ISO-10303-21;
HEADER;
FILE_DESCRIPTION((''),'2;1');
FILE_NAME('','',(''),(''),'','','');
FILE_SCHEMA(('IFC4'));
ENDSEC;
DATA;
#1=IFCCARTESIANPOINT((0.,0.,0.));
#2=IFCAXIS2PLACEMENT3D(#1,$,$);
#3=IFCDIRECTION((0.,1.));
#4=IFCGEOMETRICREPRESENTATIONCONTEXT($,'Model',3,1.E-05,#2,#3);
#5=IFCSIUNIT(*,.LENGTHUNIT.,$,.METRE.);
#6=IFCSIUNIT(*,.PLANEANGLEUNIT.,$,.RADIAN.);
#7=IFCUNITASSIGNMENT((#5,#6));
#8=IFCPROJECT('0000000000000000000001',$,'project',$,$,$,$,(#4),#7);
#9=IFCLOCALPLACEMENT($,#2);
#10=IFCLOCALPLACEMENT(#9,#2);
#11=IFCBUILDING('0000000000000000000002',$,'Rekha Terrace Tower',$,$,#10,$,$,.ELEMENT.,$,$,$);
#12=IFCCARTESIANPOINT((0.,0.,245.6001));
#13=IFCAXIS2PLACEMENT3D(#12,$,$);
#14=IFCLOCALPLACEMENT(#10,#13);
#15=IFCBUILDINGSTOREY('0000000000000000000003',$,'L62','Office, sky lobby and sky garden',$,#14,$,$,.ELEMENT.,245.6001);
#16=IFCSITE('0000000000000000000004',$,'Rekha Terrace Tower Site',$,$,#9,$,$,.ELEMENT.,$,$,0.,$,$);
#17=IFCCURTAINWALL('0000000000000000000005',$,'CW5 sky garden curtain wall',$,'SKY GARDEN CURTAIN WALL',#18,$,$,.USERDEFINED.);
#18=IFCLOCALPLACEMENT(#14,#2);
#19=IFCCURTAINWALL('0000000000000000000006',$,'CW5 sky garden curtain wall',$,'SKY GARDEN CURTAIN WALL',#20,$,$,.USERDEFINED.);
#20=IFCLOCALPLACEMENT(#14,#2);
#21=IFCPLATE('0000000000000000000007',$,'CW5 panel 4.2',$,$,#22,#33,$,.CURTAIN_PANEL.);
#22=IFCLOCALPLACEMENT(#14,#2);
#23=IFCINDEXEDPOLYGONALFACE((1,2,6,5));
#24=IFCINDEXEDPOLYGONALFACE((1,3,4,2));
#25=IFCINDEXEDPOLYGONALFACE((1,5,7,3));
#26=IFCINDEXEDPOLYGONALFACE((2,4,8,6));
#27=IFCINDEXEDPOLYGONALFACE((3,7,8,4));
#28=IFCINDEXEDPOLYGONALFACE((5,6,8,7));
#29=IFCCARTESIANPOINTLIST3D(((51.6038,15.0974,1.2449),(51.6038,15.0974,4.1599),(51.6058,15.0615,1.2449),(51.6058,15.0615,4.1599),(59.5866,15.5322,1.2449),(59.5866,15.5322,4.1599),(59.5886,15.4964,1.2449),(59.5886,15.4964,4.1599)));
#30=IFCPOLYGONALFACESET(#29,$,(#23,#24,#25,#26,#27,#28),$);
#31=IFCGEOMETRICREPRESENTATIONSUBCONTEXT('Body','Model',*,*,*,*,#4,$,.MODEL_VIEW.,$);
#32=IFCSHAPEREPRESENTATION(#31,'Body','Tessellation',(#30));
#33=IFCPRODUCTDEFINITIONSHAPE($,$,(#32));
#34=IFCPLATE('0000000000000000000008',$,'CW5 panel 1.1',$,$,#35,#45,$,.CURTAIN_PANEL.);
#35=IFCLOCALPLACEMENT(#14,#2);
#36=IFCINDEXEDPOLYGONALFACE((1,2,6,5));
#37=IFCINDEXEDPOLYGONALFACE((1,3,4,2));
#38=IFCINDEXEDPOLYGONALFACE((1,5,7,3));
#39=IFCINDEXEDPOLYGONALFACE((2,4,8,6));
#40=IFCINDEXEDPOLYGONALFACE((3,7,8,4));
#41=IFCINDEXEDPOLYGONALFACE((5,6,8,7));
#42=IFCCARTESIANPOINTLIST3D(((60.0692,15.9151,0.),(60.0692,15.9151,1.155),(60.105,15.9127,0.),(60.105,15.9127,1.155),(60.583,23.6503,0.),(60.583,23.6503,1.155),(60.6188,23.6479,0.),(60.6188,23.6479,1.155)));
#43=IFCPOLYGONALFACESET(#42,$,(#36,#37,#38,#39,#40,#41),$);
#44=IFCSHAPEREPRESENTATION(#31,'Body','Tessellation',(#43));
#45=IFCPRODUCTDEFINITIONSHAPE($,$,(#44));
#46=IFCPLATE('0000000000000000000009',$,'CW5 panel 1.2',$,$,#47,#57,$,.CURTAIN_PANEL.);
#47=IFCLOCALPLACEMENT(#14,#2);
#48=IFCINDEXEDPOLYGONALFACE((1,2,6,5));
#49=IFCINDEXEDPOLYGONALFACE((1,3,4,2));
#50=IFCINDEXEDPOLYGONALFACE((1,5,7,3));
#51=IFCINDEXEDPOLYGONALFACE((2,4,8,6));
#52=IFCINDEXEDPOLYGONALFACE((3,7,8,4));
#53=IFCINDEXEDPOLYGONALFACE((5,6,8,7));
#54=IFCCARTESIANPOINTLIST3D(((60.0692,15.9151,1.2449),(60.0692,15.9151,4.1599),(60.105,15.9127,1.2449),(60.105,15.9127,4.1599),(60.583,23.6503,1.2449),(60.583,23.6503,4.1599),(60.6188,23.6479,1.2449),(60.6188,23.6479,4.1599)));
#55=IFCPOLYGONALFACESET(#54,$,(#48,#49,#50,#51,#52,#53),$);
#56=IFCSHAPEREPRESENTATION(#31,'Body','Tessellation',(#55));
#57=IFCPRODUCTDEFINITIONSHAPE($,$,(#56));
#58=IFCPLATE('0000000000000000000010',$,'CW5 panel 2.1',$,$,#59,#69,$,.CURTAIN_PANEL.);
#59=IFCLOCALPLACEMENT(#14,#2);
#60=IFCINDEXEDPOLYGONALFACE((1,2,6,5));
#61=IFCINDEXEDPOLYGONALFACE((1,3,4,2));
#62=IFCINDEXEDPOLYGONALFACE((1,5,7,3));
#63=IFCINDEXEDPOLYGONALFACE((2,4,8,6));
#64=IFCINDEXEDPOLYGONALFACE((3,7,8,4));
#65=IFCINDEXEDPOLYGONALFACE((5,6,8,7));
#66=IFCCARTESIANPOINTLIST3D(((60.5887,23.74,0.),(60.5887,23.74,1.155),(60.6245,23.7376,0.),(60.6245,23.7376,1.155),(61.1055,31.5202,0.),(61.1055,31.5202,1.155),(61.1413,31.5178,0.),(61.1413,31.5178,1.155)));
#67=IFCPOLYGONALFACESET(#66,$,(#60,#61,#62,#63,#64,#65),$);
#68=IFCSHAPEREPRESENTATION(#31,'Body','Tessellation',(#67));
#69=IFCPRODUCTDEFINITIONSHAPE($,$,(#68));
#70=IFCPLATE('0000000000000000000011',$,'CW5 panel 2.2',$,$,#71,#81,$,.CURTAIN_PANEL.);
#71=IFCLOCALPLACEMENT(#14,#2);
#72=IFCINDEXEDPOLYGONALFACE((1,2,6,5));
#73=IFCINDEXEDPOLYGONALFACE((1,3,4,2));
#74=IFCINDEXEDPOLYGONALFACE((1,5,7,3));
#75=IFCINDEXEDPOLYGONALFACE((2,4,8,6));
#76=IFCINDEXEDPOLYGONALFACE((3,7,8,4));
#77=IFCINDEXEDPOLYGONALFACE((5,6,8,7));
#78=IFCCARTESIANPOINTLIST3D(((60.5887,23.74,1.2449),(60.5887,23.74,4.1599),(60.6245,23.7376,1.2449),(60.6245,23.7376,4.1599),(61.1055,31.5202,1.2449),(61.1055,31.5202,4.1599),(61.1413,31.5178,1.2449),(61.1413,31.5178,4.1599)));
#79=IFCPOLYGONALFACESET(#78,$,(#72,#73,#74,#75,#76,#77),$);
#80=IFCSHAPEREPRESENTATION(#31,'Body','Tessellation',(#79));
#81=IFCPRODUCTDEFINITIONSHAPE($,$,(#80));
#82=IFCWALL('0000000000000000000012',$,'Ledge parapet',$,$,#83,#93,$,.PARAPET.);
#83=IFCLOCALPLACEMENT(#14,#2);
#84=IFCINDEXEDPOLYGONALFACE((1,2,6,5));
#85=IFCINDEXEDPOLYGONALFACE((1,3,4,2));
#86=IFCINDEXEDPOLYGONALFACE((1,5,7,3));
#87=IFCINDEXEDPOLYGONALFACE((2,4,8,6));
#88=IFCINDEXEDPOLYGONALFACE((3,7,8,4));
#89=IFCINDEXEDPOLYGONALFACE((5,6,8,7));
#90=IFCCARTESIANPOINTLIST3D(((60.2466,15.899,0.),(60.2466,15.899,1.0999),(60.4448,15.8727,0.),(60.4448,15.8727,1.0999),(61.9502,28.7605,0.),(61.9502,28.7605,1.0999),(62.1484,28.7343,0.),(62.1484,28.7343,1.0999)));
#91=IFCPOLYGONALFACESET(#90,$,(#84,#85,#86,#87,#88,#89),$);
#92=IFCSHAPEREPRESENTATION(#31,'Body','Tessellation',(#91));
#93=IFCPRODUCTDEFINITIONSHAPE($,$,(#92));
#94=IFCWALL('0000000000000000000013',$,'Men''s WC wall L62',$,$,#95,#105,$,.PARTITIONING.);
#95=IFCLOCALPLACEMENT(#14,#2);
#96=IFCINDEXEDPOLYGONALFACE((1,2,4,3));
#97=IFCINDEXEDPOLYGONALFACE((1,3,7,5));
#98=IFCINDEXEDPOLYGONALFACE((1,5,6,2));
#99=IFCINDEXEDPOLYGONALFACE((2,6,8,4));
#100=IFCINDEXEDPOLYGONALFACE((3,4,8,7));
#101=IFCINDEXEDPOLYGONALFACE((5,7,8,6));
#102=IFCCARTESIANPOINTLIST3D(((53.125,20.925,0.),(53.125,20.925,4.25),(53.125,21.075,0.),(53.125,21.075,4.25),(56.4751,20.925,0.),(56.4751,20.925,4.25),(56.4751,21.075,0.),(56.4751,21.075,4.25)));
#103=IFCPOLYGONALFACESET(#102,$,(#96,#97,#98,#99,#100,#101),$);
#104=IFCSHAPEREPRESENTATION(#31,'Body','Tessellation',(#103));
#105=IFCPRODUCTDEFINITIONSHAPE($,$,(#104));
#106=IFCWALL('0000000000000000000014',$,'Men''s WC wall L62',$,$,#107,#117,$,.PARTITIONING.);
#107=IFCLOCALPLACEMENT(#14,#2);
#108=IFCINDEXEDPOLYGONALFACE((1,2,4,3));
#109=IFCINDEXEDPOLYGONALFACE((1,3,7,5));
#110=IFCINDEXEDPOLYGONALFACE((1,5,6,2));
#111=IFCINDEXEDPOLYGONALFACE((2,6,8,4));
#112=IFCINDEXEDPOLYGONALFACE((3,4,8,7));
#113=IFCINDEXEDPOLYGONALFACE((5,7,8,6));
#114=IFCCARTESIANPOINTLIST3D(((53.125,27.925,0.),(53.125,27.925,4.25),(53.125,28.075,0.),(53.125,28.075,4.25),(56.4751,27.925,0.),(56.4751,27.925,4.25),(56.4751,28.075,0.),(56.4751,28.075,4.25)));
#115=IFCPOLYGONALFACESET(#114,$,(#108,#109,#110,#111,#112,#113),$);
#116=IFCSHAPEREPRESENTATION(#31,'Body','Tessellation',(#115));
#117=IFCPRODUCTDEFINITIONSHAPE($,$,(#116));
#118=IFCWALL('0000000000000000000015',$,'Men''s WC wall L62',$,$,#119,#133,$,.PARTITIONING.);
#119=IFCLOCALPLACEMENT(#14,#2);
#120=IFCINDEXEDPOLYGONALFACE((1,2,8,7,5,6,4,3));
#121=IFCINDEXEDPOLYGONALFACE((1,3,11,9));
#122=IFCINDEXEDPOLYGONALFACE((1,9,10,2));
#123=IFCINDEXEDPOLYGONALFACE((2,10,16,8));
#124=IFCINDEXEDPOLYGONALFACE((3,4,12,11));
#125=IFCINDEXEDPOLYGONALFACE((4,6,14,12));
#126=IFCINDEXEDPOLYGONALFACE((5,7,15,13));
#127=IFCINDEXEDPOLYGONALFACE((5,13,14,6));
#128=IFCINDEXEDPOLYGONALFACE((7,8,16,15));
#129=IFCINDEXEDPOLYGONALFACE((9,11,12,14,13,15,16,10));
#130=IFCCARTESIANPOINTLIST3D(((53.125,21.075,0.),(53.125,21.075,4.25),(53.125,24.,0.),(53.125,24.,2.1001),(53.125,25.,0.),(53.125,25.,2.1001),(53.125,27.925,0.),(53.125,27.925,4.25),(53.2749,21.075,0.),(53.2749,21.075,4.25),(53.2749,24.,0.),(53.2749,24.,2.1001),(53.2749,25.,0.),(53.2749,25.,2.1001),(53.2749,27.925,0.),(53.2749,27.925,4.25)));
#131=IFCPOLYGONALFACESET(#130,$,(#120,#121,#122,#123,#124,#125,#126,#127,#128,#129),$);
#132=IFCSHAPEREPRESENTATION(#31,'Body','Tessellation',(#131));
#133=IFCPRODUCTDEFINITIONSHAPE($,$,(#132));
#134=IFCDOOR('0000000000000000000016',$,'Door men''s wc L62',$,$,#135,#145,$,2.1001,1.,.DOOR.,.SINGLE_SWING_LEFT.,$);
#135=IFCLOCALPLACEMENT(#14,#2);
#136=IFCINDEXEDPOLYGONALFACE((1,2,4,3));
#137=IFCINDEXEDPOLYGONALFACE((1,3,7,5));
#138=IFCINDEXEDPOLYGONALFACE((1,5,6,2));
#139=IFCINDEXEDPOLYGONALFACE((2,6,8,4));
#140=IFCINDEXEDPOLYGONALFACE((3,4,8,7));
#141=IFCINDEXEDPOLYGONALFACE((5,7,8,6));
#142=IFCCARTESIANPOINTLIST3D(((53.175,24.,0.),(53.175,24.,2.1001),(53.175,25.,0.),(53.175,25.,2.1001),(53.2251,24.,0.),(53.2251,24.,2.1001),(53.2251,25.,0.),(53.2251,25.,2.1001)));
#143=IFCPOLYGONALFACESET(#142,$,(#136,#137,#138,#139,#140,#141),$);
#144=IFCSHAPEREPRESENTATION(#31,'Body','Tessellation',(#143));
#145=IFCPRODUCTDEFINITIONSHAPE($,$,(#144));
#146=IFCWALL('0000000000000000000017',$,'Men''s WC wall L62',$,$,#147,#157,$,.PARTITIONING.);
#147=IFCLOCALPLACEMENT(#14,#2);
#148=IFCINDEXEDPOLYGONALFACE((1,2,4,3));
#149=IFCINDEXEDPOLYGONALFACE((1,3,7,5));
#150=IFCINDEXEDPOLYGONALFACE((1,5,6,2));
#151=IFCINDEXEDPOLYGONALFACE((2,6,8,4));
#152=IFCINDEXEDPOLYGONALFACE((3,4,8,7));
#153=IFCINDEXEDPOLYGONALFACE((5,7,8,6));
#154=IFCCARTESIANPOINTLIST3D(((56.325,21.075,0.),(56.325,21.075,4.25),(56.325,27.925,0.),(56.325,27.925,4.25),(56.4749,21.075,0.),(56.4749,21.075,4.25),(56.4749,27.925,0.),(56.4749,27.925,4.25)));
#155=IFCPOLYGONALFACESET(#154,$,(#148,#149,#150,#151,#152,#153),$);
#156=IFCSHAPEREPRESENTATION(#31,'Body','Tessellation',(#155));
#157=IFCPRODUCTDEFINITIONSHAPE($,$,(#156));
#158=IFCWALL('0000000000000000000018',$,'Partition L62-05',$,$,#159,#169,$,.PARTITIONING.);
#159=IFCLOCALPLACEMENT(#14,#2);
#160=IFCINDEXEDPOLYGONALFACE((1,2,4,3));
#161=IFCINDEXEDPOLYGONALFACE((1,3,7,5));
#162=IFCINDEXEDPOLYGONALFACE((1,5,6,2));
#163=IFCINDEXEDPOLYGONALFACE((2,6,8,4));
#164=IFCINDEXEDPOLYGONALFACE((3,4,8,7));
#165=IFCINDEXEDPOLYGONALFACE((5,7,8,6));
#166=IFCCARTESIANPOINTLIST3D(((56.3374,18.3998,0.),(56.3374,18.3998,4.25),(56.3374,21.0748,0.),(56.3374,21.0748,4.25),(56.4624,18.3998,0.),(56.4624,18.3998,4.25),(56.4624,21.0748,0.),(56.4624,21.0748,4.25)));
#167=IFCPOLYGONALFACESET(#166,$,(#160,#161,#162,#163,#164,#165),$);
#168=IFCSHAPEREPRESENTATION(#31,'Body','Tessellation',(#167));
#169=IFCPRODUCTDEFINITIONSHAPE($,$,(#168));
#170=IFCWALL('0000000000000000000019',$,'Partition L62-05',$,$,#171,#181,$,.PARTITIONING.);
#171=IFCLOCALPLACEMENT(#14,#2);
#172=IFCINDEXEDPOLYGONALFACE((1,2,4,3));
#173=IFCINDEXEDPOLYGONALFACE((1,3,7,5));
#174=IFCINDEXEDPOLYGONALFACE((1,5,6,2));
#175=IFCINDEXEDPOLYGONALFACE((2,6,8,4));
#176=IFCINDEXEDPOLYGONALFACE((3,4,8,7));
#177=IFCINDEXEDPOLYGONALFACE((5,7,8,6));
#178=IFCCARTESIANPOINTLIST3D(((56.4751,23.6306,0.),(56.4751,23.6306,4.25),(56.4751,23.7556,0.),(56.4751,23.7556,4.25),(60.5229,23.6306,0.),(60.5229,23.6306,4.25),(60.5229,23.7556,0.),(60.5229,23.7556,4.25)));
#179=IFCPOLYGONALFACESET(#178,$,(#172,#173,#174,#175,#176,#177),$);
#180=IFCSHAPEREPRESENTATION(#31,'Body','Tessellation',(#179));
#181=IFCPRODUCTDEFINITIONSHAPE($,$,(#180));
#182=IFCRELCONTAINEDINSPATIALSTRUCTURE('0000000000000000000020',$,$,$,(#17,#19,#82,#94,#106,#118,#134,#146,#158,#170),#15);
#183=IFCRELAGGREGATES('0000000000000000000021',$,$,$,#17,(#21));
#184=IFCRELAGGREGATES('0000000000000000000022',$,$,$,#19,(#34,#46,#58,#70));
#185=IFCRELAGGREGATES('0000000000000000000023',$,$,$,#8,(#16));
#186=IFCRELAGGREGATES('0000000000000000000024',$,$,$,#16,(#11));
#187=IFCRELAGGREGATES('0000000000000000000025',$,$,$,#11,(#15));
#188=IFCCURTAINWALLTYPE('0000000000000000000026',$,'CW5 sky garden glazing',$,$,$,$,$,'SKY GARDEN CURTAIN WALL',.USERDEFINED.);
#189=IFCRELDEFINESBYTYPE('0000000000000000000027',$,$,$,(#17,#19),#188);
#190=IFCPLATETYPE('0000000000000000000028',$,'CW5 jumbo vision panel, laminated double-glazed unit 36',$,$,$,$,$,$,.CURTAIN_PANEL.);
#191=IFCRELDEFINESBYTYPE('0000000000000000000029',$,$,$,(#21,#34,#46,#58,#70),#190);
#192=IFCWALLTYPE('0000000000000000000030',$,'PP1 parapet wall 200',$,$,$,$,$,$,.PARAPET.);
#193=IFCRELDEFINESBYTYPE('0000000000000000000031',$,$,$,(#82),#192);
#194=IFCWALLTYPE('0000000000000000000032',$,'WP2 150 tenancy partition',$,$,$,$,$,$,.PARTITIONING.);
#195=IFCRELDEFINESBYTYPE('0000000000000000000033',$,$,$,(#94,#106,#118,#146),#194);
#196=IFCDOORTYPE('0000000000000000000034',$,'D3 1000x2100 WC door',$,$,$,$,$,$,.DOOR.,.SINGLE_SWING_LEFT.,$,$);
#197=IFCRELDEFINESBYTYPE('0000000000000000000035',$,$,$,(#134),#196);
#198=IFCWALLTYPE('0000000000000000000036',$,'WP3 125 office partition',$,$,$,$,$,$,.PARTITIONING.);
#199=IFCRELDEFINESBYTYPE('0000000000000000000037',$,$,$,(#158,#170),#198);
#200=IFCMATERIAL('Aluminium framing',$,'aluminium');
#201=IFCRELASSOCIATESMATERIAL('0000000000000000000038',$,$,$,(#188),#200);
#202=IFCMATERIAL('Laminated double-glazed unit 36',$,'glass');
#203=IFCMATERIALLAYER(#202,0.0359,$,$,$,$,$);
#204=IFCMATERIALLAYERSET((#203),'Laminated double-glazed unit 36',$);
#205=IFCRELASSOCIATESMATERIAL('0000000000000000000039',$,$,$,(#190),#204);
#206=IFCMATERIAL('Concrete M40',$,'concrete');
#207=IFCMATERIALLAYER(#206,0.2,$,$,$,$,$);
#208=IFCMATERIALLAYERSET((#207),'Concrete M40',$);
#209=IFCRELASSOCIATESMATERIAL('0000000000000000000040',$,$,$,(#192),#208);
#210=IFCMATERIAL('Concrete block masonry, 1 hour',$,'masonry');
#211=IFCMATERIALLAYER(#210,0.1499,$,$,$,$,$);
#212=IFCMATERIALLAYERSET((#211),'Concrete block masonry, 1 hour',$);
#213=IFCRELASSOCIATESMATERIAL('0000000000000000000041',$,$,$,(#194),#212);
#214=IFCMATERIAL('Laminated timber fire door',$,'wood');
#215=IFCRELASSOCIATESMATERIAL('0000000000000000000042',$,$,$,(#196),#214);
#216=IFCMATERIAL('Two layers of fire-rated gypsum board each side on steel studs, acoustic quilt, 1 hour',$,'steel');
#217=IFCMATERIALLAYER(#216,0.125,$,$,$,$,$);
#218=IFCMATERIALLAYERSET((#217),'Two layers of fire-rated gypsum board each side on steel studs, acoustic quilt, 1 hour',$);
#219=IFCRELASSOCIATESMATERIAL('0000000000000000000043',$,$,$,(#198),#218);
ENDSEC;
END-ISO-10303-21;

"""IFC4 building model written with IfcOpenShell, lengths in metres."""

from ifc_helpers import new_model, si_unit, direction, frame, frame_2d, origin, origin_2d, place, context, subcontext, project, spatial, rectangle, extrude, material, layer, layer_set, type_object, element, fill, aggregate, save


model = new_model("IFC4")

# Units and contexts
model_context = context("Model", 3, precision=1e-05, world=origin(), true_north=direction((0.0, 1.0)))
body_context = subcontext(model_context, "Body", "Model", "MODEL_VIEW")
ifc_project = project(units=[si_unit("LENGTHUNIT", "METRE"), si_unit("PLANEANGLEUNIT", "RADIAN")], contexts=[model_context])

# Site, building, storey
site_placement = place(None, origin())
site = spatial("IfcSite", under=ifc_project, at=site_placement, Name="Rekha Terrace Tower Site", CompositionType="ELEMENT", RefElevation=0.0)
building_placement = place(site_placement, origin())
building = spatial("IfcBuilding", under=site, at=building_placement, Name="Rekha Terrace Tower", CompositionType="ELEMENT")
storey_placement = place(building_placement, frame((0.0, 0.0, 245.6001)))
storey = spatial("IfcBuildingStorey", under=building, at=storey_placement, Name="L62", Description="Office, sky lobby and sky garden", CompositionType="ELEMENT", Elevation=245.6001)

# Curtain wall
ifc_material_1 = material(Name="Aluminium framing", Category="aluminium")
curtain_wall_type = type_object("IfcCurtainWallType", Name="CW5 sky garden glazing", ElementType="SKY GARDEN CURTAIN WALL", PredefinedType="USERDEFINED", material=ifc_material_1)
curtain_wall_1_placement = place(storey_placement, origin())
curtain_wall_1 = element("IfcCurtainWall", 1, at=curtain_wall_1_placement, inside=storey, type_object=curtain_wall_type, Name="CW5 sky garden curtain wall", ObjectType="SKY GARDEN CURTAIN WALL", PredefinedType="USERDEFINED")

# Curtain wall
curtain_wall_2_placement = place(storey_placement, origin())
curtain_wall_2 = element("IfcCurtainWall", 2, at=curtain_wall_2_placement, inside=storey, type_object=curtain_wall_type, Name="CW5 sky garden curtain wall", ObjectType="SKY GARDEN CURTAIN WALL", PredefinedType="USERDEFINED")

# Plates
ifc_material_2 = material(Name="Laminated double-glazed unit 36", Category="glass")
ifc_layer_1 = layer(ifc_material_2, 0.0359)
ifc_layer_set_1 = layer_set([ifc_layer_1], Name="Laminated double-glazed unit 36")
plate_type = type_object("IfcPlateType", Name="CW5 jumbo vision panel, laminated double-glazed unit 36", PredefinedType="CURTAIN_PANEL", material=ifc_layer_set_1)
plate_1_placement = place(storey_placement, frame((55.5962, 15.2969, 1.2449), z_axis=(0.0, 0.0, 1.0), x_axis=(0.99852, 0.054389, 0.0)))
plate_1 = element("IfcPlate", 3, at=plate_1_placement, type_object=plate_type, Name="CW5 panel 4.2", PredefinedType="CURTAIN_PANEL", context=body_context, shape_type="SweptSolid", body=[
    extrude(rectangle(XDim=7.9946, YDim=0.0359, at=origin_2d()), origin(), (0.0, 0.0, 1.0), 2.915),
])
aggregate(curtain_wall_1, [plate_1])
plate_2_placement = place(storey_placement, frame((60.344, 19.7815, 0.0), z_axis=(0.0, 0.0, 1.0), x_axis=(0.066272, 0.997802, 0.0)))
plate_2 = element("IfcPlate", 4, at=plate_2_placement, type_object=plate_type, Name="CW5 panel 1.1", PredefinedType="CURTAIN_PANEL", context=body_context, shape_type="SweptSolid", body=[
    extrude(rectangle(XDim=7.7522, YDim=0.0359, at=origin_2d()), origin(), (0.0, 0.0, 1.0), 1.155),
])
plate_3_placement = place(storey_placement, frame((60.344, 19.7815, 1.2449), z_axis=(0.0, 0.0, 1.0), x_axis=(0.066272, 0.997802, 0.0)))
plate_3 = element("IfcPlate", 5, at=plate_3_placement, type_object=plate_type, Name="CW5 panel 1.2", PredefinedType="CURTAIN_PANEL", context=body_context, shape_type="SweptSolid", body=[
    extrude(rectangle(XDim=7.7522, YDim=0.0359, at=origin_2d()), origin(), (0.0, 0.0, 1.0), 2.915),
])
plate_4_placement = place(storey_placement, frame((60.865, 27.6289, 0.0), z_axis=(0.0, 0.0, 1.0), x_axis=(0.066272, 0.997802, 0.0)))
plate_4 = element("IfcPlate", 6, at=plate_4_placement, type_object=plate_type, Name="CW5 panel 2.1", PredefinedType="CURTAIN_PANEL", context=body_context, shape_type="SweptSolid", body=[
    extrude(rectangle(XDim=7.7974, YDim=0.0359, at=origin_2d()), origin(), (0.0, 0.0, 1.0), 1.155),
])
plate_5_placement = place(storey_placement, frame((60.865, 27.6289, 1.2449), z_axis=(0.0, 0.0, 1.0), x_axis=(0.066272, 0.997802, 0.0)))
plate_5 = element("IfcPlate", 7, at=plate_5_placement, type_object=plate_type, Name="CW5 panel 2.2", PredefinedType="CURTAIN_PANEL", context=body_context, shape_type="SweptSolid", body=[
    extrude(rectangle(XDim=7.7974, YDim=0.0359, at=origin_2d()), origin(), (0.0, 0.0, 1.0), 2.915),
])
aggregate(curtain_wall_2, [plate_2, plate_3, plate_4, plate_5])

# Walls
ifc_material_3 = material(Name="Concrete M40", Category="concrete")
ifc_layer_2 = layer(ifc_material_3, 0.2)
ifc_layer_set_2 = layer_set([ifc_layer_2], Name="Concrete M40")
wall_type_1 = type_object("IfcWallType", Name="PP1 parapet wall 200", PredefinedType="PARAPET", material=ifc_layer_set_2)
wall_1_placement = place(storey_placement, frame((60.3457, 15.886, 0.0), z_axis=(0.0, 0.0, 1.0), x_axis=(0.131311, 0.991341, 0.0)))
element("IfcWall", 8, at=wall_1_placement, inside=storey, type_object=wall_type_1, Name="Ledge parapet", PredefinedType="PARAPET", context=body_context, shape_type="SweptSolid", body=[
    extrude(rectangle(XDim=12.9739, YDim=0.2, at=frame_2d((6.4868, 0.0))), origin(), (0.0, 0.0, 1.0), 1.0999),
])
ifc_material_4 = material(Name="Concrete block masonry, 1 hour", Category="masonry")
ifc_layer_3 = layer(ifc_material_4, 0.1499)
ifc_layer_set_3 = layer_set([ifc_layer_3], Name="Concrete block masonry, 1 hour")
wall_type_2 = type_object("IfcWallType", Name="WP2 150 tenancy partition", PredefinedType="PARTITIONING", material=ifc_layer_set_3)
for number, where, z_axis, x_axis, name in (
    (9, (53.125, 21.0, 0.0), (0.0, 0.0, 1.0), (1.0, 0.0, 0.0), "Men's WC wall L62"),
    (10, (53.125, 28.0, 0.0), (0.0, 0.0, 1.0), (1.0, 0.0, 0.0), "Men's WC wall L62"),
):
    element("IfcWall", number, at=place(storey_placement, frame(where, z_axis=z_axis, x_axis=x_axis)), inside=storey, type_object=wall_type_2, Name=name, PredefinedType="PARTITIONING", context=body_context, shape_type="SweptSolid", body=[
        extrude(rectangle(XDim=3.3501, YDim=0.1499, at=frame_2d((1.675, 0.0))), origin(), (0.0, 0.0, 1.0), 4.25),
    ])

# Wall, opening, door
wall_2_placement = place(storey_placement, frame((53.2, 21.075, 0.0), z_axis=(0.0, 0.0, 1.0), x_axis=(0.0, 1.0, 0.0)))
wall_2 = element("IfcWall", 11, at=wall_2_placement, inside=storey, type_object=wall_type_2, Name="Men's WC wall L62", PredefinedType="PARTITIONING", context=body_context, shape_type="SweptSolid", body=[
    extrude(rectangle(XDim=6.8501, YDim=0.1499, at=frame_2d((3.425, 0.0))), origin(), (0.0, 0.0, 1.0), 4.25),
])
opening_placement = place(wall_2_placement, frame((2.925, 0.0, 0.0)))
opening = element("IfcOpeningElement", 12, at=opening_placement, cuts=wall_2, PredefinedType="OPENING", context=body_context, shape_type="SweptSolid", body=[
    extrude(rectangle(XDim=1.0, YDim=2.1001, at=frame_2d((0.5, 1.05))), frame((0.0, 0.085, 0.0), z_axis=(0.0, -1.0, 0.0), x_axis=(1.0, 0.0, 0.0)), (0.0, 0.0, 1.0), 0.1699),
])
ifc_material_5 = material(Name="Laminated timber fire door", Category="wood")
door_type = type_object("IfcDoorType", Name="D3 1000x2100 WC door", OperationType="SINGLE_SWING_LEFT", PredefinedType="DOOR", material=ifc_material_5)
door_placement = place(opening_placement, origin())
door = element("IfcDoor", 13, at=door_placement, inside=storey, type_object=door_type, Name="Door men's wc L62", OperationType="SINGLE_SWING_LEFT", OverallHeight=2.1001, OverallWidth=1.0, PredefinedType="DOOR", context=body_context, shape_type="SweptSolid", body=[
    extrude(rectangle(XDim=1.0, YDim=2.1001, at=frame_2d((0.5, 1.05))), frame((0.0, 0.0249, 0.0), z_axis=(0.0, -1.0, 0.0), x_axis=(1.0, 0.0, 0.0)), (0.0, 0.0, 1.0), 0.05),
])
fill(opening, door)

# Walls
wall_3_placement = place(storey_placement, frame((56.3999, 21.075, 0.0), z_axis=(0.0, 0.0, 1.0), x_axis=(0.0, 1.0, 0.0)))
element("IfcWall", 14, at=wall_3_placement, inside=storey, type_object=wall_type_2, Name="Men's WC wall L62", PredefinedType="PARTITIONING", context=body_context, shape_type="SweptSolid", body=[
    extrude(rectangle(XDim=6.8501, YDim=0.1499, at=frame_2d((3.425, 0.0))), origin(), (0.0, 0.0, 1.0), 4.25),
])
ifc_material_6 = material(Name="Two layers of fire-rated gypsum board each side on steel studs, acoustic quilt, 1 hour", Category="steel")
ifc_layer_4 = layer(ifc_material_6, 0.125)
ifc_layer_set_4 = layer_set([ifc_layer_4], Name="Two layers of fire-rated gypsum board each side on steel studs, acoustic quilt, 1 hour")
wall_type_3 = type_object("IfcWallType", Name="WP3 125 office partition", PredefinedType="PARTITIONING", material=ifc_layer_set_4)
wall_4_placement = place(storey_placement, frame((56.3999, 18.3999, 0.0), z_axis=(0.0, 0.0, 1.0), x_axis=(0.0, 1.0, 0.0)))
element("IfcWall", 15, at=wall_4_placement, inside=storey, type_object=wall_type_3, Name="Partition L62-05", PredefinedType="PARTITIONING", context=body_context, shape_type="SweptSolid", body=[
    extrude(rectangle(XDim=2.675, YDim=0.125, at=frame_2d((1.3374, 0.0))), origin(), (0.0, 0.0, 1.0), 4.25),
])
wall_5_placement = place(storey_placement, frame((56.4751, 23.6931, 0.0), z_axis=(0.0, 0.0, 1.0), x_axis=(1.0, 0.0, 0.0)))
element("IfcWall", 16, at=wall_5_placement, inside=storey, type_object=wall_type_3, Name="Partition L62-05", PredefinedType="PARTITIONING", context=body_context, shape_type="SweptSolid", body=[
    extrude(rectangle(XDim=4.0479, YDim=0.125, at=frame_2d((2.0239, 0.0))), origin(), (0.0, 0.0, 1.0), 4.25),
])

save(model, "model.ifc")
